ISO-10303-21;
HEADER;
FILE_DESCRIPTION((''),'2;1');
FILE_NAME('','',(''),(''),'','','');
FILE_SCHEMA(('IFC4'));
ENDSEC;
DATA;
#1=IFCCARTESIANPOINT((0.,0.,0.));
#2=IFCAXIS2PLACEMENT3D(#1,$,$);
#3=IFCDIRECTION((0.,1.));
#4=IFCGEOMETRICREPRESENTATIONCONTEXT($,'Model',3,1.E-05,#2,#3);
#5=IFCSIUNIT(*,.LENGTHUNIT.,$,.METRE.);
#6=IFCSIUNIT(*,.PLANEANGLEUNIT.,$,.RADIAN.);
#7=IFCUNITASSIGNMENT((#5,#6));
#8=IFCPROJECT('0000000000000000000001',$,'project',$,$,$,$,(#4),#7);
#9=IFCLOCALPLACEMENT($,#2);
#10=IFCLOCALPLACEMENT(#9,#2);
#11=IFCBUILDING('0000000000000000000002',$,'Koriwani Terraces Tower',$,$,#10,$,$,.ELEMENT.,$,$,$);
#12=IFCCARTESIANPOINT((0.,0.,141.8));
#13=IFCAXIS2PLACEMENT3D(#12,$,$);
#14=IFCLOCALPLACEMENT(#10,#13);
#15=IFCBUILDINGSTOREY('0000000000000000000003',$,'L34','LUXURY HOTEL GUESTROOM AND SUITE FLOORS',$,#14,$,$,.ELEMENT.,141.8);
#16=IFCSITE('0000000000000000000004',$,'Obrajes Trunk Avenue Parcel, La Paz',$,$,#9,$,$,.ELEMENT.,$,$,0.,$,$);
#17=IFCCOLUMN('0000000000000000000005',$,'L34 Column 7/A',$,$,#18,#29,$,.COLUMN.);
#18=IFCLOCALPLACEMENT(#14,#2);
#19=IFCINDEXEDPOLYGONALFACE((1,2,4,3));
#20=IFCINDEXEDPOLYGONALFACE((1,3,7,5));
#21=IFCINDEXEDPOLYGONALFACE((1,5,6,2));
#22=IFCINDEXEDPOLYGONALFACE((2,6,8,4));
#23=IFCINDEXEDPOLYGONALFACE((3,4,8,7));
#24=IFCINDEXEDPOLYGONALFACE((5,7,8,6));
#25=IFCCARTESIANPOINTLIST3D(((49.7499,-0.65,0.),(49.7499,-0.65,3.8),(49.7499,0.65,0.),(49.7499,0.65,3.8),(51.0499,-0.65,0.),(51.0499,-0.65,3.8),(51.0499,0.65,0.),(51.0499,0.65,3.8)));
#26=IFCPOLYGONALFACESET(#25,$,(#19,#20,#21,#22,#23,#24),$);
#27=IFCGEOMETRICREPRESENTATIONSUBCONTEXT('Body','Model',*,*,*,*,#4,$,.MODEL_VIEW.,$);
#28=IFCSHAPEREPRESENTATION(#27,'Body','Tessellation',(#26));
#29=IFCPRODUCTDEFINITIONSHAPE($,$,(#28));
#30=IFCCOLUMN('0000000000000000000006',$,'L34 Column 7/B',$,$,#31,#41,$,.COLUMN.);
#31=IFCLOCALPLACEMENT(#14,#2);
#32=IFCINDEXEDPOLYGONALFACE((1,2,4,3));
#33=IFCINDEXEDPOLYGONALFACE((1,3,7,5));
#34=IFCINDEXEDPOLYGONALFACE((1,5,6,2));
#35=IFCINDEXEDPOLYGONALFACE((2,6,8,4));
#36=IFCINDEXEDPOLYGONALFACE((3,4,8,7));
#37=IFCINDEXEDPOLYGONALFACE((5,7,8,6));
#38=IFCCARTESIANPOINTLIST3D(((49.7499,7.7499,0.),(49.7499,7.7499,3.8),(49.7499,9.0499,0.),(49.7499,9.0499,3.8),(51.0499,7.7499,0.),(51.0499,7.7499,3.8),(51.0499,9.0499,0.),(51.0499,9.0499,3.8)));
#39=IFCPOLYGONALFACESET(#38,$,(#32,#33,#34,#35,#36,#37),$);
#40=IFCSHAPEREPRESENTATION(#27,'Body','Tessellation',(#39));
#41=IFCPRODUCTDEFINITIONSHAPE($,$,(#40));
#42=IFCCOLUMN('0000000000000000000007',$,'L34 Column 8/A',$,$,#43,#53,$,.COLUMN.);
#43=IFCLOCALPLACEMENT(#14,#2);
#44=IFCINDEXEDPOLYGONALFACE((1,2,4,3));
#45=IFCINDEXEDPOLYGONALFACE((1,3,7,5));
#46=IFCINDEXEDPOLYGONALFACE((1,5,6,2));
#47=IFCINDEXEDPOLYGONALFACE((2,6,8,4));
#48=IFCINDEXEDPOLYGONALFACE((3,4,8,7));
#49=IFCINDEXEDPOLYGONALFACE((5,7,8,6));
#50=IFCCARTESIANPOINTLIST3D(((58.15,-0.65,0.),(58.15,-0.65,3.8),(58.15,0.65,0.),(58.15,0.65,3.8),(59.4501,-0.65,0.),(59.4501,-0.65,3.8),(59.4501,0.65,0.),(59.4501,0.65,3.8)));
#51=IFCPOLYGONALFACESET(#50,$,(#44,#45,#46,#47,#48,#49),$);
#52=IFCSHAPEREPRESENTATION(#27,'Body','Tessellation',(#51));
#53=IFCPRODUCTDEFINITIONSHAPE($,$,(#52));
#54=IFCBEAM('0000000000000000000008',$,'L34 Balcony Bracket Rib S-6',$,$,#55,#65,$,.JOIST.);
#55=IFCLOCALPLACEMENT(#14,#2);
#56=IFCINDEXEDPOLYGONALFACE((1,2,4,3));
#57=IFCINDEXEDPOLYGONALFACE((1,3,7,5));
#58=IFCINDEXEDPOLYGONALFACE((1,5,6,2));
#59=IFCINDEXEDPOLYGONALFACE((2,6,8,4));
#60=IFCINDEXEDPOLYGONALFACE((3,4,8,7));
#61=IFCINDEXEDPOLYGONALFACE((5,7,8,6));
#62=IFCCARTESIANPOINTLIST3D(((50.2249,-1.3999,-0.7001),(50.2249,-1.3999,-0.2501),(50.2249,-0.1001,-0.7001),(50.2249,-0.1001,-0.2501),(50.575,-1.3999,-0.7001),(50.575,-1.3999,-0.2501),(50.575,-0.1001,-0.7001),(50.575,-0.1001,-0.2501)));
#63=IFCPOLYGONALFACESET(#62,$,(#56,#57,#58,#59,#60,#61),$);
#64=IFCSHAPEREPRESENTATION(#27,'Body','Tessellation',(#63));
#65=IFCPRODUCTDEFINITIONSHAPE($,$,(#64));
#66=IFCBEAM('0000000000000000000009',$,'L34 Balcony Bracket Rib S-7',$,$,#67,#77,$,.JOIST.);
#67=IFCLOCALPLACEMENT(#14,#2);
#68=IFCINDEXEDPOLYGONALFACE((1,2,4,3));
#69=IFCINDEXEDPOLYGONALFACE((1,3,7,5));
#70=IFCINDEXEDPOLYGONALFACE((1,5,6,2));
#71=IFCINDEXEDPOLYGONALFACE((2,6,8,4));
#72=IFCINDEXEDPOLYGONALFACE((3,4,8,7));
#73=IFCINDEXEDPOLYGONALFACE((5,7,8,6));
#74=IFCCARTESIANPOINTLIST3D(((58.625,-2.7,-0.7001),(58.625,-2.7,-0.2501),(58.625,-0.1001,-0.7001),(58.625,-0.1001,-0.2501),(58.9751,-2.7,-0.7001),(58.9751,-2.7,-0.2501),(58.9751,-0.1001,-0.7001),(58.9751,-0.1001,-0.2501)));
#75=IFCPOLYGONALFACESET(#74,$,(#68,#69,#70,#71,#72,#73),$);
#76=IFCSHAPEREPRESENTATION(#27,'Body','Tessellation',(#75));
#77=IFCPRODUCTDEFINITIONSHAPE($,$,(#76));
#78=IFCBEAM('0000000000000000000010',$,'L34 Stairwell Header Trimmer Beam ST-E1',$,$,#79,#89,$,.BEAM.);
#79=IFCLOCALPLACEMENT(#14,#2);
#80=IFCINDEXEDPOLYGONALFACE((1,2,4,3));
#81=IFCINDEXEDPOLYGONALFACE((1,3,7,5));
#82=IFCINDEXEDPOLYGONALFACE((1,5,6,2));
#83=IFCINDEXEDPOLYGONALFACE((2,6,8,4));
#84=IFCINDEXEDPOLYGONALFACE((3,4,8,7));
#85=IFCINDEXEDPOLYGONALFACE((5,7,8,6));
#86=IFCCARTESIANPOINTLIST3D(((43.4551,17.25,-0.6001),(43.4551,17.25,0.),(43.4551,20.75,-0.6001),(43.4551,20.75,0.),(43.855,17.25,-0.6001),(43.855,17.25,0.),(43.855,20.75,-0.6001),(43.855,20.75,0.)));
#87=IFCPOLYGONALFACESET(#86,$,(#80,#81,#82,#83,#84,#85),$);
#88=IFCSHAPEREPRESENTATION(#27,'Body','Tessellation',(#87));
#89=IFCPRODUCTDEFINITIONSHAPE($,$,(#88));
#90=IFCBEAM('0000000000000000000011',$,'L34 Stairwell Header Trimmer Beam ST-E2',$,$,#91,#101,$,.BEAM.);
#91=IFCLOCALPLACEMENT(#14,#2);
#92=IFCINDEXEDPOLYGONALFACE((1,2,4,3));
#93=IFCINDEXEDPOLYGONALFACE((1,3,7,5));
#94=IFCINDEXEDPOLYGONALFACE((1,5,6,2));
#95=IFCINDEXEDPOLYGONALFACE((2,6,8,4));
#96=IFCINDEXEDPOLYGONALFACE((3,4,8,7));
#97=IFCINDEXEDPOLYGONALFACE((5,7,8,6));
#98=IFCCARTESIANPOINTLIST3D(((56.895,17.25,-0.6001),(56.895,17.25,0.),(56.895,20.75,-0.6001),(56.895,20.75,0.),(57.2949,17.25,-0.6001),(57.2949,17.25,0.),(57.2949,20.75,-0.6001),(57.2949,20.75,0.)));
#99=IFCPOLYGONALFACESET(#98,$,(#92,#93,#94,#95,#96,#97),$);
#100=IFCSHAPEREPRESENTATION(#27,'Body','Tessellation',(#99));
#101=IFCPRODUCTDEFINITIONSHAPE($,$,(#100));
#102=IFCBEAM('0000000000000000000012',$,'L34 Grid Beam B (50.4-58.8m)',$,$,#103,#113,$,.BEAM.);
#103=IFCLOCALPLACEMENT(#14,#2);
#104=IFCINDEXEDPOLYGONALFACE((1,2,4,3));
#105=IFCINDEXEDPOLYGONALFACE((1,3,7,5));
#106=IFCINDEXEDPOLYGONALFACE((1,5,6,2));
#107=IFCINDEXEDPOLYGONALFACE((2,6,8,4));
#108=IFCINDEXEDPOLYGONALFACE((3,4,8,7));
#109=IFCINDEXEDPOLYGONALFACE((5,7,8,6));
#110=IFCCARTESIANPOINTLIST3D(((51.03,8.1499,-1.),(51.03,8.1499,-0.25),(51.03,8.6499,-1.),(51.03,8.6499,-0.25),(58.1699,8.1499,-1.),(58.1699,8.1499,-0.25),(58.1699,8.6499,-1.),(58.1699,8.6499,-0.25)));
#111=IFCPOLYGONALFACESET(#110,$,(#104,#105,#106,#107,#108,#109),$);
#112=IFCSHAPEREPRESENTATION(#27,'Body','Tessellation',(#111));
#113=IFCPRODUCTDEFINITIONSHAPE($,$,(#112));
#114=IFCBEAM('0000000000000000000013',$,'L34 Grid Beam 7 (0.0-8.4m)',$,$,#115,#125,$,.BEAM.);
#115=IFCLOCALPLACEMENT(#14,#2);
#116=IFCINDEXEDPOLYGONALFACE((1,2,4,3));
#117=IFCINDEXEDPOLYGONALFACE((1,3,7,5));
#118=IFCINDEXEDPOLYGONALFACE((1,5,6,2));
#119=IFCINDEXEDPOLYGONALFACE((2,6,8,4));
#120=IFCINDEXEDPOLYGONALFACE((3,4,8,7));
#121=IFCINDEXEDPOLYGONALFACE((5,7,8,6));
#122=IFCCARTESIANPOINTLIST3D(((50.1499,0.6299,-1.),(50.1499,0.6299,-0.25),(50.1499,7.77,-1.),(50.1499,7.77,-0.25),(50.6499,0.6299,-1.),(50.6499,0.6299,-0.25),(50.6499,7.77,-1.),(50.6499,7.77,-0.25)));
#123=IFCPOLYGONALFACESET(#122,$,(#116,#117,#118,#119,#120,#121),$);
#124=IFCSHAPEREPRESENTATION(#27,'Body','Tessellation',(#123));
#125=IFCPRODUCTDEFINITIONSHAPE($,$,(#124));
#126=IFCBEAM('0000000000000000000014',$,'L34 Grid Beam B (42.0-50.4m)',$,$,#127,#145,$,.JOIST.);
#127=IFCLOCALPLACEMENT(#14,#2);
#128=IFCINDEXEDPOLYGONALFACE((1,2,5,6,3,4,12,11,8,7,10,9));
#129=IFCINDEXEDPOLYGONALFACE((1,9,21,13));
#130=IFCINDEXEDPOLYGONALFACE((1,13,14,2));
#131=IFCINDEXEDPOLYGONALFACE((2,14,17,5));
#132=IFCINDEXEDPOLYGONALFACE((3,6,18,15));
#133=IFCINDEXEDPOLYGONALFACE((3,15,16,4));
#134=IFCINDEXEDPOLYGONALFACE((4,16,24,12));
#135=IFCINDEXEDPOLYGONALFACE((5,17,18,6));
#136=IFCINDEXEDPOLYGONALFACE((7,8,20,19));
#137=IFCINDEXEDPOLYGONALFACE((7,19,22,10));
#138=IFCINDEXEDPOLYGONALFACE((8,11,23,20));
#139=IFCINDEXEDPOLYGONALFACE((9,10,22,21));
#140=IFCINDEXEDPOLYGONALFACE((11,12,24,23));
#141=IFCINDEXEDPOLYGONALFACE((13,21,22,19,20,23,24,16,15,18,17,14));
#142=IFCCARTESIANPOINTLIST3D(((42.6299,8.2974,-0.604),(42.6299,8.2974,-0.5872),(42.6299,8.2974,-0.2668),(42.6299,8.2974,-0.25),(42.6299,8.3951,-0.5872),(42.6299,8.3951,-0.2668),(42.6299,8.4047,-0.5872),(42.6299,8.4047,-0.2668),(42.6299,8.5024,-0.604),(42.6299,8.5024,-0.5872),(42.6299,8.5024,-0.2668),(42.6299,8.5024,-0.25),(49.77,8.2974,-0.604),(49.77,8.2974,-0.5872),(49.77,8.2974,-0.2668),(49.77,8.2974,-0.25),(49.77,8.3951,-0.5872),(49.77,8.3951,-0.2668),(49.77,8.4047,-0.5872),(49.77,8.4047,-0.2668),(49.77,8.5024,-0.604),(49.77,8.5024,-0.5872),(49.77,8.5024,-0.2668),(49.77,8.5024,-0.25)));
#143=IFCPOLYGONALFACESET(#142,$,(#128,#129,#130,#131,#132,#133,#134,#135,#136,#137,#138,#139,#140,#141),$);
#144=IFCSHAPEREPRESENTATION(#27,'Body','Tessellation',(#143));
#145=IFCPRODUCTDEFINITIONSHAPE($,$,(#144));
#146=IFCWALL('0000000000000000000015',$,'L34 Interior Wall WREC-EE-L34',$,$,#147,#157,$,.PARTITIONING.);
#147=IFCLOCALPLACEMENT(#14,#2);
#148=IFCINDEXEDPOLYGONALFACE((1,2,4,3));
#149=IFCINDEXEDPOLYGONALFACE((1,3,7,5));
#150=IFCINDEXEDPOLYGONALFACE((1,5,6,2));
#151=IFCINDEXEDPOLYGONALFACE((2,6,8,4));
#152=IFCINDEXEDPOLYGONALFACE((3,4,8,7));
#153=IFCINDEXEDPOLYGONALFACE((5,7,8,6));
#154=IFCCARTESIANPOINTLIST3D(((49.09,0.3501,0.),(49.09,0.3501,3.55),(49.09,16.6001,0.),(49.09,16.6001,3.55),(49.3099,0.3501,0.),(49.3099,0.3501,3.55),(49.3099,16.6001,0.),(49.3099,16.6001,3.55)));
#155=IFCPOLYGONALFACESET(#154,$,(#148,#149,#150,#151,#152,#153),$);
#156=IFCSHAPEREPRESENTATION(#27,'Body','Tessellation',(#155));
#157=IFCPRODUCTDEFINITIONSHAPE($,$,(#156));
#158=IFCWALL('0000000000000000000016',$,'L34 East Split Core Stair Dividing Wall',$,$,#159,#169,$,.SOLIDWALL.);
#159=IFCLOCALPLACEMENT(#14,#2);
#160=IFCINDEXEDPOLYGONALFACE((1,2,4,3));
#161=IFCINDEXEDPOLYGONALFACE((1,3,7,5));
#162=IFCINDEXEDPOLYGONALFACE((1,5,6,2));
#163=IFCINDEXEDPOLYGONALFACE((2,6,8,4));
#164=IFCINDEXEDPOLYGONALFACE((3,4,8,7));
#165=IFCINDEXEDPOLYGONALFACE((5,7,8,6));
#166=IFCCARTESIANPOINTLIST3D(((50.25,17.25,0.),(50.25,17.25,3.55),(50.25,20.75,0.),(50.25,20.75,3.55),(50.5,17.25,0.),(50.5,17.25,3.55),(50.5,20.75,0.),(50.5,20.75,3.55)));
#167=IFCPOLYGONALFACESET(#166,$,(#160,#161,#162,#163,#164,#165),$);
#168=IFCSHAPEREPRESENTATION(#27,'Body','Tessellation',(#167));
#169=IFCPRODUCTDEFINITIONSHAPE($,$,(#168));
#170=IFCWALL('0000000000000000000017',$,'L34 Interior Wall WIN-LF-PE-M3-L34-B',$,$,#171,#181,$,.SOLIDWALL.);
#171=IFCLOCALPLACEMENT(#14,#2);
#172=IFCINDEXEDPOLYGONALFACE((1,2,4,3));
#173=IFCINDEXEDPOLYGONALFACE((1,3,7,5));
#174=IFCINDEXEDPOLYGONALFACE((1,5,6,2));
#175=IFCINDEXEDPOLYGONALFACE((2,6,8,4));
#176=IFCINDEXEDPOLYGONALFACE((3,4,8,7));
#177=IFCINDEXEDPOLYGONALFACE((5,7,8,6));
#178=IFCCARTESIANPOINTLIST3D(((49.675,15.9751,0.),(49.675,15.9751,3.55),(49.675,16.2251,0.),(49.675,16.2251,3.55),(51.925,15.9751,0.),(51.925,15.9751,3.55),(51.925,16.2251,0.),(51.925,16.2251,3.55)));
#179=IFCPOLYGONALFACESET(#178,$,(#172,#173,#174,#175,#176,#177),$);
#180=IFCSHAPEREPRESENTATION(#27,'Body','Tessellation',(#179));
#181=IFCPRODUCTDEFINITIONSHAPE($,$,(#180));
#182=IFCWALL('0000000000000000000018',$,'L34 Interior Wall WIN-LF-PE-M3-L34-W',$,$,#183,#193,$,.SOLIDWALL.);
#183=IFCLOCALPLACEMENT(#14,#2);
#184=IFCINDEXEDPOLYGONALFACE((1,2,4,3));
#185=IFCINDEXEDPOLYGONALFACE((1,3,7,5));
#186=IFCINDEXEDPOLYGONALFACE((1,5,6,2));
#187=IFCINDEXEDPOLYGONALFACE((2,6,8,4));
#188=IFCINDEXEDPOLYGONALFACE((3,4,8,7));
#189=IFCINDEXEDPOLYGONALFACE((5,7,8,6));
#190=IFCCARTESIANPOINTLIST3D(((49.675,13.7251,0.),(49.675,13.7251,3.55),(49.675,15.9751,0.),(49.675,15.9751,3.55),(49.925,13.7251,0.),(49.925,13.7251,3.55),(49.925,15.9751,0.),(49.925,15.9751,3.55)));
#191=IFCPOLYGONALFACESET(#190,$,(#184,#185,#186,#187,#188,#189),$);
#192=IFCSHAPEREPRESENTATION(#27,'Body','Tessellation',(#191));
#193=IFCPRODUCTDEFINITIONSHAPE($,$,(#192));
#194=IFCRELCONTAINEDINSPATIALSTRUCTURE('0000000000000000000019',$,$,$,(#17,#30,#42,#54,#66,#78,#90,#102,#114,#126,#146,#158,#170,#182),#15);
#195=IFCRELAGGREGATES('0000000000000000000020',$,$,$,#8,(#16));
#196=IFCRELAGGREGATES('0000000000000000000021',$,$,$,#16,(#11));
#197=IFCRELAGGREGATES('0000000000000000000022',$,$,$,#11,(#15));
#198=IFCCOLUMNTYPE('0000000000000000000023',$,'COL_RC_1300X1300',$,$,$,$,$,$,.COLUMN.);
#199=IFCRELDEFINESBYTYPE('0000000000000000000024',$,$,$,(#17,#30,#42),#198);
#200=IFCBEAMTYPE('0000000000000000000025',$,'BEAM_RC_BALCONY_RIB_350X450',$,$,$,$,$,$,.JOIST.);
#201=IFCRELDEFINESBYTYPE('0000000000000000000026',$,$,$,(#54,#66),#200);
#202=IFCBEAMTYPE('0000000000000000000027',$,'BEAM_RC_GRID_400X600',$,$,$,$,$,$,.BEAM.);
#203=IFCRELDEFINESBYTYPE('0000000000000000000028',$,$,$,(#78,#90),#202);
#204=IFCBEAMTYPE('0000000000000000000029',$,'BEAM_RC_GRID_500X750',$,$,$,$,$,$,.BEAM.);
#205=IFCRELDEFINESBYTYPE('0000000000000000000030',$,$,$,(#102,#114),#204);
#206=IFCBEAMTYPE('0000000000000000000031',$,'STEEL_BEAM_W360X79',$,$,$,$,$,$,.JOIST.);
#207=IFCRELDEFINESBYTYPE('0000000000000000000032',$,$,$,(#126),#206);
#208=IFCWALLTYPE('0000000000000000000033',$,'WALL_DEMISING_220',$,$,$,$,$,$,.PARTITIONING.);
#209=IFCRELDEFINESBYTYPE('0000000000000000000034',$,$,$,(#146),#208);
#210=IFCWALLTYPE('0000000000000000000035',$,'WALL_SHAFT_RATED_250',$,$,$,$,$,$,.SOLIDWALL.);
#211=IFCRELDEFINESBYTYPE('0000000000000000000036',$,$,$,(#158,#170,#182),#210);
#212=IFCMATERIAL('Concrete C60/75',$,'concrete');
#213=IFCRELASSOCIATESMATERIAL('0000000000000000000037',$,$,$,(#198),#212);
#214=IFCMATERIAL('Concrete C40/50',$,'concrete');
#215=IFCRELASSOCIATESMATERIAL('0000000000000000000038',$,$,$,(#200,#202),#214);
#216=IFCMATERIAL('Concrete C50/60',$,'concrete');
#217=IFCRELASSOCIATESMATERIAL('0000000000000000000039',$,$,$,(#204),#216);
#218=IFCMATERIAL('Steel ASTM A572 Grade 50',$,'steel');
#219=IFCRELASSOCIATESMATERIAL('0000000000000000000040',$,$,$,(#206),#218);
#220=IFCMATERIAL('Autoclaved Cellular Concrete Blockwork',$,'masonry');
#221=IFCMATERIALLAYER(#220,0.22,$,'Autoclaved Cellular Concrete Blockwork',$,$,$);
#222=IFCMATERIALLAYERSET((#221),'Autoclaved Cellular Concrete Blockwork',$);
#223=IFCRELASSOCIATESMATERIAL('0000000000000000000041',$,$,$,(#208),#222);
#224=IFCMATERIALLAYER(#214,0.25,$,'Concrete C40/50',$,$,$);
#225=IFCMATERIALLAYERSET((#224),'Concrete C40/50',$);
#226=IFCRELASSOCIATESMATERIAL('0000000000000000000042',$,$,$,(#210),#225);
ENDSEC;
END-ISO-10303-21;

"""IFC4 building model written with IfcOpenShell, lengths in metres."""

from ifc_helpers import new_model, si_unit, direction, frame, frame_2d, origin, origin_2d, place, context, subcontext, project, spatial, rectangle, i_section, extrude, material, layer, layer_set, material_profile, profile_set, type_object, element, save


model = new_model("IFC4")

# Units and contexts
model_context = context("Model", 3, precision=1e-05, world=origin(), true_north=direction((0.0, 1.0)))
body_context = subcontext(model_context, "Body", "Model", "MODEL_VIEW")
ifc_project = project(units=[si_unit("LENGTHUNIT", "METRE"), si_unit("PLANEANGLEUNIT", "RADIAN")], contexts=[model_context])

# Site, building, storey
site_placement = place(None, origin())
site = spatial("IfcSite", under=ifc_project, at=site_placement, Name="Obrajes Trunk Avenue Parcel, La Paz", CompositionType="ELEMENT", RefElevation=0.0)
building_placement = place(site_placement, origin())
building = spatial("IfcBuilding", under=site, at=building_placement, Name="Koriwani Terraces Tower", CompositionType="ELEMENT")
storey_placement = place(building_placement, frame((0.0, 0.0, 141.8)))
storey = spatial("IfcBuildingStorey", under=building, at=storey_placement, Name="L34", Description="LUXURY HOTEL GUESTROOM AND SUITE FLOORS", CompositionType="ELEMENT", Elevation=141.8)

# Columns
ifc_material_1 = material(Name="Concrete C60/75", Category="concrete")
ifc_material_profile_1 = material_profile(ifc_material_1, rectangle(XDim=1.3, YDim=1.3, at=origin_2d()), Name="Concrete C60/75", Category="LoadBearing")
ifc_profile_set_1 = profile_set([ifc_material_profile_1], Name="Concrete C60/75")
column_type = type_object("IfcColumnType", Name="COL_RC_1300X1300", PredefinedType="COLUMN", material=ifc_profile_set_1)
for number, where, z_axis, x_axis, name in (
    (1, (50.3999, 0.0, 0.0), (0.0, 0.0, 1.0), (1.0, 0.0, 0.0), "L34 Column 7/A"),
    (2, (50.3999, 8.3999, 0.0), (0.0, 0.0, 1.0), (1.0, 0.0, 0.0), "L34 Column 7/B"),
    (3, (58.8, 0.0, 0.0), (0.0, 0.0, 1.0), (1.0, 0.0, 0.0), "L34 Column 8/A"),
):
    element("IfcColumn", number, at=place(storey_placement, frame(where, z_axis=z_axis, x_axis=x_axis)), inside=storey, type_object=column_type, Name=name, PredefinedType="COLUMN", context=body_context, shape_type="SweptSolid", body=[
        extrude(rectangle(XDim=1.3, YDim=1.3, at=origin_2d()), origin(), (0.0, 0.0, 1.0), 3.8),
    ])

# Beams
ifc_material_2 = material(Name="Concrete C40/50", Category="concrete")
ifc_material_profile_2 = material_profile(ifc_material_2, rectangle(XDim=0.3501, YDim=0.45, at=origin_2d()), Name="Concrete C40/50", Category="LoadBearing")
ifc_profile_set_2 = profile_set([ifc_material_profile_2], Name="Concrete C40/50")
beam_type_1 = type_object("IfcBeamType", Name="BEAM_RC_BALCONY_RIB_350X450", PredefinedType="JOIST", material=ifc_profile_set_2)
beam_1_placement = place(storey_placement, frame((50.3999, -1.3999, -0.4751), z_axis=(0.0, 1.0, 0.0), x_axis=(-1.0, 0.0, 0.0)))
element("IfcBeam", 4, at=beam_1_placement, inside=storey, type_object=beam_type_1, Name="L34 Balcony Bracket Rib S-6", PredefinedType="JOIST", context=body_context, shape_type="SweptSolid", body=[
    extrude(rectangle(XDim=0.3501, YDim=0.45, at=origin_2d()), origin(), (0.0, 0.0, 1.0), 1.2998),
])
beam_2_placement = place(storey_placement, frame((58.8, -2.7, -0.4751), z_axis=(0.0, 1.0, 0.0), x_axis=(-1.0, 0.0, 0.0)))
element("IfcBeam", 5, at=beam_2_placement, inside=storey, type_object=beam_type_1, Name="L34 Balcony Bracket Rib S-7", PredefinedType="JOIST", context=body_context, shape_type="SweptSolid", body=[
    extrude(rectangle(XDim=0.3501, YDim=0.45, at=origin_2d()), origin(), (0.0, 0.0, 1.0), 2.5999),
])
ifc_material_profile_3 = material_profile(ifc_material_2, rectangle(XDim=0.3999, YDim=0.6001, at=origin_2d()), Name="Concrete C40/50", Category="LoadBearing")
ifc_profile_set_3 = profile_set([ifc_material_profile_3], Name="Concrete C40/50")
beam_type_2 = type_object("IfcBeamType", Name="BEAM_RC_GRID_400X600", PredefinedType="BEAM", material=ifc_profile_set_3)
for number, where, z_axis, x_axis, name in (
    (6, (43.655, 17.25, -0.3), (0.0, 1.0, 0.0), (-1.0, 0.0, 0.0), "L34 Stairwell Header Trimmer Beam ST-E1"),
    (7, (57.095, 17.25, -0.3), (0.0, 1.0, 0.0), (-1.0, 0.0, 0.0), "L34 Stairwell Header Trimmer Beam ST-E2"),
):
    element("IfcBeam", number, at=place(storey_placement, frame(where, z_axis=z_axis, x_axis=x_axis)), inside=storey, type_object=beam_type_2, Name=name, PredefinedType="BEAM", context=body_context, shape_type="SweptSolid", body=[
        extrude(rectangle(XDim=0.3999, YDim=0.6001, at=origin_2d()), origin(), (0.0, 0.0, 1.0), 3.5),
    ])
ifc_material_3 = material(Name="Concrete C50/60", Category="concrete")
ifc_material_profile_4 = material_profile(ifc_material_3, rectangle(XDim=0.5, YDim=0.75, at=origin_2d()), Name="Concrete C50/60", Category="LoadBearing")
ifc_profile_set_4 = profile_set([ifc_material_profile_4], Name="Concrete C50/60")
beam_type_3 = type_object("IfcBeamType", Name="BEAM_RC_GRID_500X750", PredefinedType="BEAM", material=ifc_profile_set_4)
beam_3_placement = place(storey_placement, frame((51.03, 8.3999, -0.625), z_axis=(1.0, 0.0, 0.0), x_axis=(0.0, 1.0, 0.0)))
element("IfcBeam", 8, at=beam_3_placement, inside=storey, type_object=beam_type_3, Name="L34 Grid Beam B (50.4-58.8m)", PredefinedType="BEAM", context=body_context, shape_type="SweptSolid", body=[
    extrude(rectangle(XDim=0.5, YDim=0.75, at=origin_2d()), origin(), (0.0, 0.0, 1.0), 7.1399),
])
beam_4_placement = place(storey_placement, frame((50.3999, 0.6299, -0.625), z_axis=(0.0, 1.0, 0.0), x_axis=(-1.0, 0.0, 0.0)))
element("IfcBeam", 9, at=beam_4_placement, inside=storey, type_object=beam_type_3, Name="L34 Grid Beam 7 (0.0-8.4m)", PredefinedType="BEAM", context=body_context, shape_type="SweptSolid", body=[
    extrude(rectangle(XDim=0.5, YDim=0.75, at=origin_2d()), origin(), (0.0, 0.0, 1.0), 7.1401),
])
ifc_material_4 = material(Name="Steel ASTM A572 Grade 50", Category="steel")
ifc_material_profile_5 = material_profile(ifc_material_4, i_section(OverallWidth=0.2051, OverallDepth=0.354, WebThickness=0.0095, FlangeThickness=0.0168, at=origin_2d()), Name="Steel ASTM A572 Grade 50", Category="LoadBearing")
ifc_profile_set_5 = profile_set([ifc_material_profile_5], Name="Steel ASTM A572 Grade 50")
beam_type_4 = type_object("IfcBeamType", Name="STEEL_BEAM_W360X79", PredefinedType="JOIST", material=ifc_profile_set_5)
beam_5_placement = place(storey_placement, frame((42.6299, 8.3999, -0.427), z_axis=(1.0, 0.0, 0.0), x_axis=(0.0, 1.0, 0.0)))
element("IfcBeam", 10, at=beam_5_placement, inside=storey, type_object=beam_type_4, Name="L34 Grid Beam B (42.0-50.4m)", PredefinedType="JOIST", context=body_context, shape_type="SweptSolid", body=[
    extrude(i_section(OverallWidth=0.2051, OverallDepth=0.354, WebThickness=0.0095, FlangeThickness=0.0168, at=origin_2d()), origin(), (0.0, 0.0, 1.0), 7.1401),
])

# Walls
ifc_material_5 = material(Name="Autoclaved Cellular Concrete Blockwork", Category="masonry")
ifc_layer_1 = layer(ifc_material_5, 0.22, Name="Autoclaved Cellular Concrete Blockwork")
ifc_layer_set_1 = layer_set([ifc_layer_1], Name="Autoclaved Cellular Concrete Blockwork")
wall_type_1 = type_object("IfcWallType", Name="WALL_DEMISING_220", PredefinedType="PARTITIONING", material=ifc_layer_set_1)
wall_1_placement = place(storey_placement, frame((49.2, 0.3501, 0.0), z_axis=(0.0, 0.0, 1.0), x_axis=(0.0, 1.0, 0.0)))
element("IfcWall", 11, at=wall_1_placement, inside=storey, type_object=wall_type_1, Name="L34 Interior Wall WREC-EE-L34", PredefinedType="PARTITIONING", context=body_context, shape_type="SweptSolid", body=[
    extrude(rectangle(XDim=16.25, YDim=0.22, at=frame_2d((8.125, 0.0))), origin(), (0.0, 0.0, 1.0), 3.55),
])
ifc_layer_2 = layer(ifc_material_2, 0.25, Name="Concrete C40/50")
ifc_layer_set_2 = layer_set([ifc_layer_2], Name="Concrete C40/50")
wall_type_2 = type_object("IfcWallType", Name="WALL_SHAFT_RATED_250", PredefinedType="SOLIDWALL", material=ifc_layer_set_2)
wall_2_placement = place(storey_placement, frame((50.375, 17.25, 0.0), z_axis=(0.0, 0.0, 1.0), x_axis=(0.0, 1.0, 0.0)))
element("IfcWall", 12, at=wall_2_placement, inside=storey, type_object=wall_type_2, Name="L34 East Split Core Stair Dividing Wall", PredefinedType="SOLIDWALL", context=body_context, shape_type="SweptSolid", body=[
    extrude(rectangle(XDim=3.5, YDim=0.25, at=frame_2d((1.75, 0.0))), origin(), (0.0, 0.0, 1.0), 3.55),
])

# Walls
for number, where, z_axis, x_axis, name in (
    (13, (49.675, 16.1001, 0.0), (0.0, 0.0, 1.0), (1.0, 0.0, 0.0), "L34 Interior Wall WIN-LF-PE-M3-L34-B"),
    (14, (49.8, 13.7251, 0.0), (0.0, 0.0, 1.0), (0.0, 1.0, 0.0), "L34 Interior Wall WIN-LF-PE-M3-L34-W"),
):
    element("IfcWall", number, at=place(storey_placement, frame(where, z_axis=z_axis, x_axis=x_axis)), inside=storey, type_object=wall_type_2, Name=name, PredefinedType="SOLIDWALL", context=body_context, shape_type="SweptSolid", body=[
        extrude(rectangle(XDim=2.25, YDim=0.25, at=frame_2d((1.125, 0.0))), origin(), (0.0, 0.0, 1.0), 3.55),
    ])

save(model, "model.ifc")
